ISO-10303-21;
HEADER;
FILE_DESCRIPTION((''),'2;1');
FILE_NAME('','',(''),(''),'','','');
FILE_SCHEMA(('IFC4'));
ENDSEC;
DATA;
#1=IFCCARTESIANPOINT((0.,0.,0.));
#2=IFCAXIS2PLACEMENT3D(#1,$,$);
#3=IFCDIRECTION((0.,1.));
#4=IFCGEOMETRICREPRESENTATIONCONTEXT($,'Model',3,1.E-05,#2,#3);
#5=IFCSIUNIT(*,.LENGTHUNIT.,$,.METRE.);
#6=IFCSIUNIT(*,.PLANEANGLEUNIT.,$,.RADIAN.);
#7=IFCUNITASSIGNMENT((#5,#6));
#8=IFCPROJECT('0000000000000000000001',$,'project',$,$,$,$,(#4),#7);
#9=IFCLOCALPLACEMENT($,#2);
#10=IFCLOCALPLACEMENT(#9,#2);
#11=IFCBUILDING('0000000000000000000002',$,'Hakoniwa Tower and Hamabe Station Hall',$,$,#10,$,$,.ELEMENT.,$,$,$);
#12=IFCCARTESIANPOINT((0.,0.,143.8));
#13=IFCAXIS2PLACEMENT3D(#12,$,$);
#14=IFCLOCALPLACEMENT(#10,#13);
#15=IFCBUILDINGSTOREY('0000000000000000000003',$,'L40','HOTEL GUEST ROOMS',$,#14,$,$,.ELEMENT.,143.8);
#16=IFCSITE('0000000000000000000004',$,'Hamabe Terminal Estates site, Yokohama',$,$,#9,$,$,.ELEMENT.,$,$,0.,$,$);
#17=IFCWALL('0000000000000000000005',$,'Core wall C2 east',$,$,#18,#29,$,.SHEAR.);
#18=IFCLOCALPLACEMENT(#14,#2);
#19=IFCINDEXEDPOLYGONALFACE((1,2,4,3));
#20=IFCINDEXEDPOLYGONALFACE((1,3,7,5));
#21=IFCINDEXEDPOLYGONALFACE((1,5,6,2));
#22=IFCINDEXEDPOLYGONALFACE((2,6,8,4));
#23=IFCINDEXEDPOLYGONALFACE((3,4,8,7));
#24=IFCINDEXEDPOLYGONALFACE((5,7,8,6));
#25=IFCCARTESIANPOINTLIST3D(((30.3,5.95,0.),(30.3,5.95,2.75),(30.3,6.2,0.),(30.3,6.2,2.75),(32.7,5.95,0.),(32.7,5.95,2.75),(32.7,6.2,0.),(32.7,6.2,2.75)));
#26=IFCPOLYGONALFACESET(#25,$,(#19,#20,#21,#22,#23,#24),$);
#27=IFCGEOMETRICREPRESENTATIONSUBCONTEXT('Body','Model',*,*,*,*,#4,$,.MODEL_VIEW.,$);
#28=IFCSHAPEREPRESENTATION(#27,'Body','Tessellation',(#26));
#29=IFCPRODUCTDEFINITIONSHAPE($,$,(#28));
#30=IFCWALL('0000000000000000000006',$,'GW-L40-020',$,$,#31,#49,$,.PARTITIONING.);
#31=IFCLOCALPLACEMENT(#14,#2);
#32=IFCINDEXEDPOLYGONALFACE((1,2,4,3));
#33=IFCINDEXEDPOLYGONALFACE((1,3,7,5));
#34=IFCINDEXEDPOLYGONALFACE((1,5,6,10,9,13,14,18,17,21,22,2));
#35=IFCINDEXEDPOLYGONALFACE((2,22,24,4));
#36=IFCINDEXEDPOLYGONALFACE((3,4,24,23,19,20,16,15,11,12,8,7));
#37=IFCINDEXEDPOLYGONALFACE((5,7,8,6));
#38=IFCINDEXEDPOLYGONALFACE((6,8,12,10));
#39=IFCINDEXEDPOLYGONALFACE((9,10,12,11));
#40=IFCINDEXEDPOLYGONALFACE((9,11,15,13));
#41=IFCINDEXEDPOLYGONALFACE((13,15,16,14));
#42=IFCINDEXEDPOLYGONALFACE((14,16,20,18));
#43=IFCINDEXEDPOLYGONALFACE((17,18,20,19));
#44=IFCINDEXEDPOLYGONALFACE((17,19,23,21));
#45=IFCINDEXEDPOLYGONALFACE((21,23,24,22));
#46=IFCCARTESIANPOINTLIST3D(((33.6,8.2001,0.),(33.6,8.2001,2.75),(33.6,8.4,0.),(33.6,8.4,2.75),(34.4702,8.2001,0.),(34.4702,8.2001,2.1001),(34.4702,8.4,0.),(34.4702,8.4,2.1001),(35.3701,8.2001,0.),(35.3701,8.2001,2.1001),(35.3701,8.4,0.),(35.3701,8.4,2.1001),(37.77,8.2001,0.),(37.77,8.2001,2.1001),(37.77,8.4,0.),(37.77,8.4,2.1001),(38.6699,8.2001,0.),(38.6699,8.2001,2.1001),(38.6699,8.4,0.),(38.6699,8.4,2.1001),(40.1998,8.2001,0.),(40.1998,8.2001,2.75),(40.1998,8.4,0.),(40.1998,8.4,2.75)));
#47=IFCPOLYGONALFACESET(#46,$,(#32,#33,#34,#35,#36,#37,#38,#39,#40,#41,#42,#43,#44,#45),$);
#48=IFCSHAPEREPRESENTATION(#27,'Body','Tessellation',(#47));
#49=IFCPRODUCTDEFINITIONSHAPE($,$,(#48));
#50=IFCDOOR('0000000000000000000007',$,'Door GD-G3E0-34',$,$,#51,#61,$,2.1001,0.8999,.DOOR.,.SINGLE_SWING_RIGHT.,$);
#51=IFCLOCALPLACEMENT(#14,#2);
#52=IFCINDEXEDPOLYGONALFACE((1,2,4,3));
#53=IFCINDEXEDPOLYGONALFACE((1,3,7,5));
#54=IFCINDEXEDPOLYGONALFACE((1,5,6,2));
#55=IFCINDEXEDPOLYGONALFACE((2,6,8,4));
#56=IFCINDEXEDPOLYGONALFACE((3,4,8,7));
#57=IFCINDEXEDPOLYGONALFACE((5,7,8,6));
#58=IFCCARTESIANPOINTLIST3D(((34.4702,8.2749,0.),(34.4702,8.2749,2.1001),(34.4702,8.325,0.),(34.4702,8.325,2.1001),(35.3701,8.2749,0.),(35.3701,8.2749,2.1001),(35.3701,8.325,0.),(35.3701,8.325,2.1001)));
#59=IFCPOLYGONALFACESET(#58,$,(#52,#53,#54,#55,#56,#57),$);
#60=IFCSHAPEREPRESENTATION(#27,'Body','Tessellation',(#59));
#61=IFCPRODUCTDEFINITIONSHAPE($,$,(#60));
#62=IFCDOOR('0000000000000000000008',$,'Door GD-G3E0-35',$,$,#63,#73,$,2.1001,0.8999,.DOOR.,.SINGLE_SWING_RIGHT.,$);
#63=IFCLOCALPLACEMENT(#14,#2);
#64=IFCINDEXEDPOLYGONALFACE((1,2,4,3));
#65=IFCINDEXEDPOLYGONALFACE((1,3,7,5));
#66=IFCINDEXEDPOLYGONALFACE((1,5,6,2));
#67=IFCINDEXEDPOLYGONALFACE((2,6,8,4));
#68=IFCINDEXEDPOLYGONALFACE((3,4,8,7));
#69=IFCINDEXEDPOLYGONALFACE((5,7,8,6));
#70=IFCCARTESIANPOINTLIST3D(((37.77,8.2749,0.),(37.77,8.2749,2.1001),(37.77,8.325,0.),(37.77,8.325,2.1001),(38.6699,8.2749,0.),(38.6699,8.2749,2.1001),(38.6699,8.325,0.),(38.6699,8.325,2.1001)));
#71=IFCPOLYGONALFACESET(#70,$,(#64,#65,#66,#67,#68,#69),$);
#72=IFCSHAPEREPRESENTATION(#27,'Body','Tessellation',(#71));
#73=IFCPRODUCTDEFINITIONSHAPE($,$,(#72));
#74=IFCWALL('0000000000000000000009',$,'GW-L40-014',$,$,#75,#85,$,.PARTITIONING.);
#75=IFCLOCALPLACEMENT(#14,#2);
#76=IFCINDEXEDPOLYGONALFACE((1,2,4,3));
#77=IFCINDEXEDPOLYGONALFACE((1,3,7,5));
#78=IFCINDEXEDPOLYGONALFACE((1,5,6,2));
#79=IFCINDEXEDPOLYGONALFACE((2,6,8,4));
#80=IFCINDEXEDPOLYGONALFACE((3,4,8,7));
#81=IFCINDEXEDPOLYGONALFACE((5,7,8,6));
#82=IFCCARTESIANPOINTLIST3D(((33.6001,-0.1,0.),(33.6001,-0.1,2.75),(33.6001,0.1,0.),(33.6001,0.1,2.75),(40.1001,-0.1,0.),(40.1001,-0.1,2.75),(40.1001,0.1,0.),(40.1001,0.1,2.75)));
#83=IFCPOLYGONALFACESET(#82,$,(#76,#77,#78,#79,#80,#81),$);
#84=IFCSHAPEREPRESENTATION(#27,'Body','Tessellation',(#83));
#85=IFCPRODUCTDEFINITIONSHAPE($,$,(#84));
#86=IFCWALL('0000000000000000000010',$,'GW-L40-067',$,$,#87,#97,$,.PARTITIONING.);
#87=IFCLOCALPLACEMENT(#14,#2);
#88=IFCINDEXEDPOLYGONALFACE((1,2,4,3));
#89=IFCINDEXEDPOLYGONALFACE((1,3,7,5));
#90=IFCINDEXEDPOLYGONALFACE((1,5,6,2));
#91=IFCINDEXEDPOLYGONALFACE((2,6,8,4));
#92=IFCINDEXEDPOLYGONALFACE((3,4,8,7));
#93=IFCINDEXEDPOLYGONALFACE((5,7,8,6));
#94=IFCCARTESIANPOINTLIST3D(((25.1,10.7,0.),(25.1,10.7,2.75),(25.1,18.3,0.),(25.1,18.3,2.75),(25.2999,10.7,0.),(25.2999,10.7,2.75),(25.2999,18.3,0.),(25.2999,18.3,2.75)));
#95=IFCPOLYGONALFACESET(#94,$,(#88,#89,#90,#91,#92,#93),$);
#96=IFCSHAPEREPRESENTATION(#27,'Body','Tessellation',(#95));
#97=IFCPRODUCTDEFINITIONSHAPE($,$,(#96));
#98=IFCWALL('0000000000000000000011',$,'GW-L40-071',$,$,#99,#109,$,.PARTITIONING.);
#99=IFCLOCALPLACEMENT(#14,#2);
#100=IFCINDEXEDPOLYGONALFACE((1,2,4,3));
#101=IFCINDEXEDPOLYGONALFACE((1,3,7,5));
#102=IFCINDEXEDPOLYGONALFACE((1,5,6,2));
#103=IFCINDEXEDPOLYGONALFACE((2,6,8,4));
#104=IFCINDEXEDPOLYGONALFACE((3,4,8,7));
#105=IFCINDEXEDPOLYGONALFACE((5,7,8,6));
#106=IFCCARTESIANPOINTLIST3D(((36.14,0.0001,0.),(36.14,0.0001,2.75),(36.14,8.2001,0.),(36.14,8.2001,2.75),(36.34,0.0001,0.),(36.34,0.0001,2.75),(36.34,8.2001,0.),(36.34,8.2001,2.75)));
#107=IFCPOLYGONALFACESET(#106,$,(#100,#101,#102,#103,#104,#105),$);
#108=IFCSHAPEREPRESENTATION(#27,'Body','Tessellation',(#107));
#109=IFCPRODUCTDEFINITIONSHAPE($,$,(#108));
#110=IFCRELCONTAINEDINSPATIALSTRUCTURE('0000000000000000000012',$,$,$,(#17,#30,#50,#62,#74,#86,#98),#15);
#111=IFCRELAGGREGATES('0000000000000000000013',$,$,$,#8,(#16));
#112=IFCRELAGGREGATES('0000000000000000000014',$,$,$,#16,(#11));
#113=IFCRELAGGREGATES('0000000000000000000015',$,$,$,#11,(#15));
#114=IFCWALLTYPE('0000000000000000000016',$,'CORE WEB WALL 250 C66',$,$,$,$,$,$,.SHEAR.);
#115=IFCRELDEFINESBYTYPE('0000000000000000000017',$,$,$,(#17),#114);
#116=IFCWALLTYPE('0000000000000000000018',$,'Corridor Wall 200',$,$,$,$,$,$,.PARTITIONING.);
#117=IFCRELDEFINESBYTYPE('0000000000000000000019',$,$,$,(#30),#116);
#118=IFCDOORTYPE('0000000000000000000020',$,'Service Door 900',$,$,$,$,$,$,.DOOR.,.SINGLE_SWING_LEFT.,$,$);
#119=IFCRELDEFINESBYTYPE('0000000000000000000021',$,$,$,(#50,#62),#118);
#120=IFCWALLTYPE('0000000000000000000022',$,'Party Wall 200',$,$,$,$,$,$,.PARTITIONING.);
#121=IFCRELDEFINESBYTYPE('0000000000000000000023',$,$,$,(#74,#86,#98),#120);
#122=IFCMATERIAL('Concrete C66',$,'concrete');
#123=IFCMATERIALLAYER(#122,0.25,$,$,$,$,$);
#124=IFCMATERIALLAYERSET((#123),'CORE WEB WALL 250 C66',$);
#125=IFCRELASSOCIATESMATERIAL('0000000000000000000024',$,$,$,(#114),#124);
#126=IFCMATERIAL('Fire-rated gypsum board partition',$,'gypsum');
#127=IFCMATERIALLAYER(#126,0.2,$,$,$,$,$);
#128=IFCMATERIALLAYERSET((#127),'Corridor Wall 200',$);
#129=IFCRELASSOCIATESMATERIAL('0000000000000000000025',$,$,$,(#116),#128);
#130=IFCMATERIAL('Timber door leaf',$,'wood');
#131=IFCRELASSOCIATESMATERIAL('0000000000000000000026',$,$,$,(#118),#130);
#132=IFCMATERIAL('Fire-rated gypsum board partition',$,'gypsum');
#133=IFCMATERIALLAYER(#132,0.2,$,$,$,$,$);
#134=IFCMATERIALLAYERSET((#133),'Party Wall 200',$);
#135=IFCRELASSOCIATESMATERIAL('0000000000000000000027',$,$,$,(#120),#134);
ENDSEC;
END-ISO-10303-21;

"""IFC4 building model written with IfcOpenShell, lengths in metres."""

from ifc_helpers import new_model, si_unit, direction, frame, frame_2d, origin, place, context, subcontext, project, spatial, rectangle, extrude, material, layer, layer_set, type_object, element, fill, save


model = new_model("IFC4")

# Units and contexts
model_context = context("Model", 3, precision=1e-05, world=origin(), true_north=direction((0.0, 1.0)))
body_context = subcontext(model_context, "Body", "Model", "MODEL_VIEW")
ifc_project = project(units=[si_unit("LENGTHUNIT", "METRE"), si_unit("PLANEANGLEUNIT", "RADIAN")], contexts=[model_context])

# Site, building, storey
site_placement = place(None, origin())
site = spatial("IfcSite", under=ifc_project, at=site_placement, Name="Hamabe Terminal Estates site, Yokohama", CompositionType="ELEMENT", RefElevation=0.0)
building_placement = place(site_placement, origin())
building = spatial("IfcBuilding", under=site, at=building_placement, Name="Hakoniwa Tower and Hamabe Station Hall", CompositionType="ELEMENT")
storey_placement = place(building_placement, frame((0.0, 0.0, 143.8)))
storey = spatial("IfcBuildingStorey", under=building, at=storey_placement, Name="L40", Description="HOTEL GUEST ROOMS", CompositionType="ELEMENT", Elevation=143.8)

# Shared definitions
ifc_material_1 = material(Name="Concrete C66", Category="concrete")
ifc_layer_1 = layer(ifc_material_1, 0.25)
ifc_layer_set_1 = layer_set([ifc_layer_1], Name="CORE WEB WALL 250 C66")
wall_type_1 = type_object("IfcWallType", Name="CORE WEB WALL 250 C66", PredefinedType="SHEAR", material=ifc_layer_set_1)

# Wall
wall_1_placement = place(storey_placement, frame((30.3, 6.075, 0.0), z_axis=(0.0, 0.0, 1.0), x_axis=(1.0, 0.0, 0.0)))
element("IfcWall", 1, at=wall_1_placement, inside=storey, type_object=wall_type_1, Name="Core wall C2 east", PredefinedType="SHEAR", context=body_context, shape_type="SweptSolid", body=[
    extrude(rectangle(XDim=2.3999, YDim=0.25, at=frame_2d((1.2, 0.0))), origin(), (0.0, 0.0, 1.0), 2.75),
])

# Wall, openings, doors
ifc_material_2 = material(Name="Fire-rated gypsum board partition", Category="gypsum")
ifc_layer_2 = layer(ifc_material_2, 0.2)
ifc_layer_set_2 = layer_set([ifc_layer_2], Name="Corridor Wall 200")
wall_type_2 = type_object("IfcWallType", Name="Corridor Wall 200", PredefinedType="PARTITIONING", material=ifc_layer_set_2)
wall_2_placement = place(storey_placement, frame((33.6001, 8.3, 0.0), z_axis=(0.0, 0.0, 1.0), x_axis=(1.0, 0.0, 0.0)))
wall_2 = element("IfcWall", 2, at=wall_2_placement, inside=storey, type_object=wall_type_2, Name="GW-L40-020", PredefinedType="PARTITIONING", context=body_context, shape_type="SweptSolid", body=[
    extrude(rectangle(XDim=6.5999, YDim=0.2, at=frame_2d((3.2998, 0.0))), origin(), (0.0, 0.0, 1.0), 2.75),
])
opening_1_placement = place(wall_2_placement, frame((0.8701, 0.0, 0.0)))
opening_1 = element("IfcOpeningElement", 3, at=opening_1_placement, cuts=wall_2, PredefinedType="OPENING", context=body_context, shape_type="SweptSolid", body=[
    extrude(rectangle(XDim=0.8999, YDim=2.1001, at=frame_2d((0.45, 1.05))), frame((0.0, 0.1099, 0.0), z_axis=(0.0, -1.0, 0.0), x_axis=(1.0, 0.0, 0.0)), (0.0, 0.0, 1.0), 0.22),
])
opening_2_placement = place(wall_2_placement, frame((4.1699, 0.0, 0.0)))
opening_2 = element("IfcOpeningElement", 4, at=opening_2_placement, cuts=wall_2, PredefinedType="OPENING", context=body_context, shape_type="SweptSolid", body=[
    extrude(rectangle(XDim=0.8999, YDim=2.1001, at=frame_2d((0.45, 1.05))), frame((0.0, 0.1099, 0.0), z_axis=(0.0, -1.0, 0.0), x_axis=(1.0, 0.0, 0.0)), (0.0, 0.0, 1.0), 0.22),
])
ifc_material_3 = material(Name="Timber door leaf", Category="wood")
door_type_1 = type_object("IfcDoorType", Name="Service Door 900", OperationType="SINGLE_SWING_LEFT", PredefinedType="DOOR", material=ifc_material_3)
door_1_placement = place(opening_1_placement, origin())
door_1 = element("IfcDoor", 5, at=door_1_placement, inside=storey, type_object=door_type_1, Name="Door GD-G3E0-34", OperationType="SINGLE_SWING_RIGHT", OverallHeight=2.1001, OverallWidth=0.8999, PredefinedType="DOOR", context=body_context, shape_type="SweptSolid", body=[
    extrude(rectangle(XDim=0.8999, YDim=2.1001, at=frame_2d((0.45, 1.05))), frame((0.0, 0.0249, 0.0), z_axis=(0.0, -1.0, 0.0), x_axis=(1.0, 0.0, 0.0)), (0.0, 0.0, 1.0), 0.05),
])
fill(opening_1, door_1)
door_2_placement = place(opening_2_placement, origin())
door_2 = element("IfcDoor", 6, at=door_2_placement, inside=storey, type_object=door_type_1, Name="Door GD-G3E0-35", OperationType="SINGLE_SWING_RIGHT", OverallHeight=2.1001, OverallWidth=0.8999, PredefinedType="DOOR", context=body_context, shape_type="SweptSolid", body=[
    extrude(rectangle(XDim=0.8999, YDim=2.1001, at=frame_2d((0.45, 1.05))), frame((0.0, 0.0249, 0.0), z_axis=(0.0, -1.0, 0.0), x_axis=(1.0, 0.0, 0.0)), (0.0, 0.0, 1.0), 0.05),
])
fill(opening_2, door_2)

# Walls
ifc_material_4 = material(Name="Fire-rated gypsum board partition", Category="gypsum")
ifc_layer_3 = layer(ifc_material_4, 0.2)
ifc_layer_set_3 = layer_set([ifc_layer_3], Name="Party Wall 200")
wall_type_3 = type_object("IfcWallType", Name="Party Wall 200", PredefinedType="PARTITIONING", material=ifc_layer_set_3)
wall_3_placement = place(storey_placement, frame((33.6001, 0.0, 0.0), z_axis=(0.0, 0.0, 1.0), x_axis=(1.0, 0.0, 0.0)))
element("IfcWall", 7, at=wall_3_placement, inside=storey, type_object=wall_type_3, Name="GW-L40-014", PredefinedType="PARTITIONING", context=body_context, shape_type="SweptSolid", body=[
    extrude(rectangle(XDim=6.5, YDim=0.2, at=frame_2d((3.25, 0.0))), origin(), (0.0, 0.0, 1.0), 2.75),
])
wall_4_placement = place(storey_placement, frame((25.2, 10.7, 0.0), z_axis=(0.0, 0.0, 1.0), x_axis=(0.0, 1.0, 0.0)))
element("IfcWall", 8, at=wall_4_placement, inside=storey, type_object=wall_type_3, Name="GW-L40-067", PredefinedType="PARTITIONING", context=body_context, shape_type="SweptSolid", body=[
    extrude(rectangle(XDim=7.6001, YDim=0.2, at=frame_2d((3.8, 0.0))), origin(), (0.0, 0.0, 1.0), 2.75),
])
wall_5_placement = place(storey_placement, frame((36.24, 0.0, 0.0), z_axis=(0.0, 0.0, 1.0), x_axis=(0.0, 1.0, 0.0)))
element("IfcWall", 9, at=wall_5_placement, inside=storey, type_object=wall_type_3, Name="GW-L40-071", PredefinedType="PARTITIONING", context=body_context, shape_type="SweptSolid", body=[
    extrude(rectangle(XDim=8.2, YDim=0.2, at=frame_2d((4.1001, 0.0))), origin(), (0.0, 0.0, 1.0), 2.75),
])

save(model, "model.ifc")
